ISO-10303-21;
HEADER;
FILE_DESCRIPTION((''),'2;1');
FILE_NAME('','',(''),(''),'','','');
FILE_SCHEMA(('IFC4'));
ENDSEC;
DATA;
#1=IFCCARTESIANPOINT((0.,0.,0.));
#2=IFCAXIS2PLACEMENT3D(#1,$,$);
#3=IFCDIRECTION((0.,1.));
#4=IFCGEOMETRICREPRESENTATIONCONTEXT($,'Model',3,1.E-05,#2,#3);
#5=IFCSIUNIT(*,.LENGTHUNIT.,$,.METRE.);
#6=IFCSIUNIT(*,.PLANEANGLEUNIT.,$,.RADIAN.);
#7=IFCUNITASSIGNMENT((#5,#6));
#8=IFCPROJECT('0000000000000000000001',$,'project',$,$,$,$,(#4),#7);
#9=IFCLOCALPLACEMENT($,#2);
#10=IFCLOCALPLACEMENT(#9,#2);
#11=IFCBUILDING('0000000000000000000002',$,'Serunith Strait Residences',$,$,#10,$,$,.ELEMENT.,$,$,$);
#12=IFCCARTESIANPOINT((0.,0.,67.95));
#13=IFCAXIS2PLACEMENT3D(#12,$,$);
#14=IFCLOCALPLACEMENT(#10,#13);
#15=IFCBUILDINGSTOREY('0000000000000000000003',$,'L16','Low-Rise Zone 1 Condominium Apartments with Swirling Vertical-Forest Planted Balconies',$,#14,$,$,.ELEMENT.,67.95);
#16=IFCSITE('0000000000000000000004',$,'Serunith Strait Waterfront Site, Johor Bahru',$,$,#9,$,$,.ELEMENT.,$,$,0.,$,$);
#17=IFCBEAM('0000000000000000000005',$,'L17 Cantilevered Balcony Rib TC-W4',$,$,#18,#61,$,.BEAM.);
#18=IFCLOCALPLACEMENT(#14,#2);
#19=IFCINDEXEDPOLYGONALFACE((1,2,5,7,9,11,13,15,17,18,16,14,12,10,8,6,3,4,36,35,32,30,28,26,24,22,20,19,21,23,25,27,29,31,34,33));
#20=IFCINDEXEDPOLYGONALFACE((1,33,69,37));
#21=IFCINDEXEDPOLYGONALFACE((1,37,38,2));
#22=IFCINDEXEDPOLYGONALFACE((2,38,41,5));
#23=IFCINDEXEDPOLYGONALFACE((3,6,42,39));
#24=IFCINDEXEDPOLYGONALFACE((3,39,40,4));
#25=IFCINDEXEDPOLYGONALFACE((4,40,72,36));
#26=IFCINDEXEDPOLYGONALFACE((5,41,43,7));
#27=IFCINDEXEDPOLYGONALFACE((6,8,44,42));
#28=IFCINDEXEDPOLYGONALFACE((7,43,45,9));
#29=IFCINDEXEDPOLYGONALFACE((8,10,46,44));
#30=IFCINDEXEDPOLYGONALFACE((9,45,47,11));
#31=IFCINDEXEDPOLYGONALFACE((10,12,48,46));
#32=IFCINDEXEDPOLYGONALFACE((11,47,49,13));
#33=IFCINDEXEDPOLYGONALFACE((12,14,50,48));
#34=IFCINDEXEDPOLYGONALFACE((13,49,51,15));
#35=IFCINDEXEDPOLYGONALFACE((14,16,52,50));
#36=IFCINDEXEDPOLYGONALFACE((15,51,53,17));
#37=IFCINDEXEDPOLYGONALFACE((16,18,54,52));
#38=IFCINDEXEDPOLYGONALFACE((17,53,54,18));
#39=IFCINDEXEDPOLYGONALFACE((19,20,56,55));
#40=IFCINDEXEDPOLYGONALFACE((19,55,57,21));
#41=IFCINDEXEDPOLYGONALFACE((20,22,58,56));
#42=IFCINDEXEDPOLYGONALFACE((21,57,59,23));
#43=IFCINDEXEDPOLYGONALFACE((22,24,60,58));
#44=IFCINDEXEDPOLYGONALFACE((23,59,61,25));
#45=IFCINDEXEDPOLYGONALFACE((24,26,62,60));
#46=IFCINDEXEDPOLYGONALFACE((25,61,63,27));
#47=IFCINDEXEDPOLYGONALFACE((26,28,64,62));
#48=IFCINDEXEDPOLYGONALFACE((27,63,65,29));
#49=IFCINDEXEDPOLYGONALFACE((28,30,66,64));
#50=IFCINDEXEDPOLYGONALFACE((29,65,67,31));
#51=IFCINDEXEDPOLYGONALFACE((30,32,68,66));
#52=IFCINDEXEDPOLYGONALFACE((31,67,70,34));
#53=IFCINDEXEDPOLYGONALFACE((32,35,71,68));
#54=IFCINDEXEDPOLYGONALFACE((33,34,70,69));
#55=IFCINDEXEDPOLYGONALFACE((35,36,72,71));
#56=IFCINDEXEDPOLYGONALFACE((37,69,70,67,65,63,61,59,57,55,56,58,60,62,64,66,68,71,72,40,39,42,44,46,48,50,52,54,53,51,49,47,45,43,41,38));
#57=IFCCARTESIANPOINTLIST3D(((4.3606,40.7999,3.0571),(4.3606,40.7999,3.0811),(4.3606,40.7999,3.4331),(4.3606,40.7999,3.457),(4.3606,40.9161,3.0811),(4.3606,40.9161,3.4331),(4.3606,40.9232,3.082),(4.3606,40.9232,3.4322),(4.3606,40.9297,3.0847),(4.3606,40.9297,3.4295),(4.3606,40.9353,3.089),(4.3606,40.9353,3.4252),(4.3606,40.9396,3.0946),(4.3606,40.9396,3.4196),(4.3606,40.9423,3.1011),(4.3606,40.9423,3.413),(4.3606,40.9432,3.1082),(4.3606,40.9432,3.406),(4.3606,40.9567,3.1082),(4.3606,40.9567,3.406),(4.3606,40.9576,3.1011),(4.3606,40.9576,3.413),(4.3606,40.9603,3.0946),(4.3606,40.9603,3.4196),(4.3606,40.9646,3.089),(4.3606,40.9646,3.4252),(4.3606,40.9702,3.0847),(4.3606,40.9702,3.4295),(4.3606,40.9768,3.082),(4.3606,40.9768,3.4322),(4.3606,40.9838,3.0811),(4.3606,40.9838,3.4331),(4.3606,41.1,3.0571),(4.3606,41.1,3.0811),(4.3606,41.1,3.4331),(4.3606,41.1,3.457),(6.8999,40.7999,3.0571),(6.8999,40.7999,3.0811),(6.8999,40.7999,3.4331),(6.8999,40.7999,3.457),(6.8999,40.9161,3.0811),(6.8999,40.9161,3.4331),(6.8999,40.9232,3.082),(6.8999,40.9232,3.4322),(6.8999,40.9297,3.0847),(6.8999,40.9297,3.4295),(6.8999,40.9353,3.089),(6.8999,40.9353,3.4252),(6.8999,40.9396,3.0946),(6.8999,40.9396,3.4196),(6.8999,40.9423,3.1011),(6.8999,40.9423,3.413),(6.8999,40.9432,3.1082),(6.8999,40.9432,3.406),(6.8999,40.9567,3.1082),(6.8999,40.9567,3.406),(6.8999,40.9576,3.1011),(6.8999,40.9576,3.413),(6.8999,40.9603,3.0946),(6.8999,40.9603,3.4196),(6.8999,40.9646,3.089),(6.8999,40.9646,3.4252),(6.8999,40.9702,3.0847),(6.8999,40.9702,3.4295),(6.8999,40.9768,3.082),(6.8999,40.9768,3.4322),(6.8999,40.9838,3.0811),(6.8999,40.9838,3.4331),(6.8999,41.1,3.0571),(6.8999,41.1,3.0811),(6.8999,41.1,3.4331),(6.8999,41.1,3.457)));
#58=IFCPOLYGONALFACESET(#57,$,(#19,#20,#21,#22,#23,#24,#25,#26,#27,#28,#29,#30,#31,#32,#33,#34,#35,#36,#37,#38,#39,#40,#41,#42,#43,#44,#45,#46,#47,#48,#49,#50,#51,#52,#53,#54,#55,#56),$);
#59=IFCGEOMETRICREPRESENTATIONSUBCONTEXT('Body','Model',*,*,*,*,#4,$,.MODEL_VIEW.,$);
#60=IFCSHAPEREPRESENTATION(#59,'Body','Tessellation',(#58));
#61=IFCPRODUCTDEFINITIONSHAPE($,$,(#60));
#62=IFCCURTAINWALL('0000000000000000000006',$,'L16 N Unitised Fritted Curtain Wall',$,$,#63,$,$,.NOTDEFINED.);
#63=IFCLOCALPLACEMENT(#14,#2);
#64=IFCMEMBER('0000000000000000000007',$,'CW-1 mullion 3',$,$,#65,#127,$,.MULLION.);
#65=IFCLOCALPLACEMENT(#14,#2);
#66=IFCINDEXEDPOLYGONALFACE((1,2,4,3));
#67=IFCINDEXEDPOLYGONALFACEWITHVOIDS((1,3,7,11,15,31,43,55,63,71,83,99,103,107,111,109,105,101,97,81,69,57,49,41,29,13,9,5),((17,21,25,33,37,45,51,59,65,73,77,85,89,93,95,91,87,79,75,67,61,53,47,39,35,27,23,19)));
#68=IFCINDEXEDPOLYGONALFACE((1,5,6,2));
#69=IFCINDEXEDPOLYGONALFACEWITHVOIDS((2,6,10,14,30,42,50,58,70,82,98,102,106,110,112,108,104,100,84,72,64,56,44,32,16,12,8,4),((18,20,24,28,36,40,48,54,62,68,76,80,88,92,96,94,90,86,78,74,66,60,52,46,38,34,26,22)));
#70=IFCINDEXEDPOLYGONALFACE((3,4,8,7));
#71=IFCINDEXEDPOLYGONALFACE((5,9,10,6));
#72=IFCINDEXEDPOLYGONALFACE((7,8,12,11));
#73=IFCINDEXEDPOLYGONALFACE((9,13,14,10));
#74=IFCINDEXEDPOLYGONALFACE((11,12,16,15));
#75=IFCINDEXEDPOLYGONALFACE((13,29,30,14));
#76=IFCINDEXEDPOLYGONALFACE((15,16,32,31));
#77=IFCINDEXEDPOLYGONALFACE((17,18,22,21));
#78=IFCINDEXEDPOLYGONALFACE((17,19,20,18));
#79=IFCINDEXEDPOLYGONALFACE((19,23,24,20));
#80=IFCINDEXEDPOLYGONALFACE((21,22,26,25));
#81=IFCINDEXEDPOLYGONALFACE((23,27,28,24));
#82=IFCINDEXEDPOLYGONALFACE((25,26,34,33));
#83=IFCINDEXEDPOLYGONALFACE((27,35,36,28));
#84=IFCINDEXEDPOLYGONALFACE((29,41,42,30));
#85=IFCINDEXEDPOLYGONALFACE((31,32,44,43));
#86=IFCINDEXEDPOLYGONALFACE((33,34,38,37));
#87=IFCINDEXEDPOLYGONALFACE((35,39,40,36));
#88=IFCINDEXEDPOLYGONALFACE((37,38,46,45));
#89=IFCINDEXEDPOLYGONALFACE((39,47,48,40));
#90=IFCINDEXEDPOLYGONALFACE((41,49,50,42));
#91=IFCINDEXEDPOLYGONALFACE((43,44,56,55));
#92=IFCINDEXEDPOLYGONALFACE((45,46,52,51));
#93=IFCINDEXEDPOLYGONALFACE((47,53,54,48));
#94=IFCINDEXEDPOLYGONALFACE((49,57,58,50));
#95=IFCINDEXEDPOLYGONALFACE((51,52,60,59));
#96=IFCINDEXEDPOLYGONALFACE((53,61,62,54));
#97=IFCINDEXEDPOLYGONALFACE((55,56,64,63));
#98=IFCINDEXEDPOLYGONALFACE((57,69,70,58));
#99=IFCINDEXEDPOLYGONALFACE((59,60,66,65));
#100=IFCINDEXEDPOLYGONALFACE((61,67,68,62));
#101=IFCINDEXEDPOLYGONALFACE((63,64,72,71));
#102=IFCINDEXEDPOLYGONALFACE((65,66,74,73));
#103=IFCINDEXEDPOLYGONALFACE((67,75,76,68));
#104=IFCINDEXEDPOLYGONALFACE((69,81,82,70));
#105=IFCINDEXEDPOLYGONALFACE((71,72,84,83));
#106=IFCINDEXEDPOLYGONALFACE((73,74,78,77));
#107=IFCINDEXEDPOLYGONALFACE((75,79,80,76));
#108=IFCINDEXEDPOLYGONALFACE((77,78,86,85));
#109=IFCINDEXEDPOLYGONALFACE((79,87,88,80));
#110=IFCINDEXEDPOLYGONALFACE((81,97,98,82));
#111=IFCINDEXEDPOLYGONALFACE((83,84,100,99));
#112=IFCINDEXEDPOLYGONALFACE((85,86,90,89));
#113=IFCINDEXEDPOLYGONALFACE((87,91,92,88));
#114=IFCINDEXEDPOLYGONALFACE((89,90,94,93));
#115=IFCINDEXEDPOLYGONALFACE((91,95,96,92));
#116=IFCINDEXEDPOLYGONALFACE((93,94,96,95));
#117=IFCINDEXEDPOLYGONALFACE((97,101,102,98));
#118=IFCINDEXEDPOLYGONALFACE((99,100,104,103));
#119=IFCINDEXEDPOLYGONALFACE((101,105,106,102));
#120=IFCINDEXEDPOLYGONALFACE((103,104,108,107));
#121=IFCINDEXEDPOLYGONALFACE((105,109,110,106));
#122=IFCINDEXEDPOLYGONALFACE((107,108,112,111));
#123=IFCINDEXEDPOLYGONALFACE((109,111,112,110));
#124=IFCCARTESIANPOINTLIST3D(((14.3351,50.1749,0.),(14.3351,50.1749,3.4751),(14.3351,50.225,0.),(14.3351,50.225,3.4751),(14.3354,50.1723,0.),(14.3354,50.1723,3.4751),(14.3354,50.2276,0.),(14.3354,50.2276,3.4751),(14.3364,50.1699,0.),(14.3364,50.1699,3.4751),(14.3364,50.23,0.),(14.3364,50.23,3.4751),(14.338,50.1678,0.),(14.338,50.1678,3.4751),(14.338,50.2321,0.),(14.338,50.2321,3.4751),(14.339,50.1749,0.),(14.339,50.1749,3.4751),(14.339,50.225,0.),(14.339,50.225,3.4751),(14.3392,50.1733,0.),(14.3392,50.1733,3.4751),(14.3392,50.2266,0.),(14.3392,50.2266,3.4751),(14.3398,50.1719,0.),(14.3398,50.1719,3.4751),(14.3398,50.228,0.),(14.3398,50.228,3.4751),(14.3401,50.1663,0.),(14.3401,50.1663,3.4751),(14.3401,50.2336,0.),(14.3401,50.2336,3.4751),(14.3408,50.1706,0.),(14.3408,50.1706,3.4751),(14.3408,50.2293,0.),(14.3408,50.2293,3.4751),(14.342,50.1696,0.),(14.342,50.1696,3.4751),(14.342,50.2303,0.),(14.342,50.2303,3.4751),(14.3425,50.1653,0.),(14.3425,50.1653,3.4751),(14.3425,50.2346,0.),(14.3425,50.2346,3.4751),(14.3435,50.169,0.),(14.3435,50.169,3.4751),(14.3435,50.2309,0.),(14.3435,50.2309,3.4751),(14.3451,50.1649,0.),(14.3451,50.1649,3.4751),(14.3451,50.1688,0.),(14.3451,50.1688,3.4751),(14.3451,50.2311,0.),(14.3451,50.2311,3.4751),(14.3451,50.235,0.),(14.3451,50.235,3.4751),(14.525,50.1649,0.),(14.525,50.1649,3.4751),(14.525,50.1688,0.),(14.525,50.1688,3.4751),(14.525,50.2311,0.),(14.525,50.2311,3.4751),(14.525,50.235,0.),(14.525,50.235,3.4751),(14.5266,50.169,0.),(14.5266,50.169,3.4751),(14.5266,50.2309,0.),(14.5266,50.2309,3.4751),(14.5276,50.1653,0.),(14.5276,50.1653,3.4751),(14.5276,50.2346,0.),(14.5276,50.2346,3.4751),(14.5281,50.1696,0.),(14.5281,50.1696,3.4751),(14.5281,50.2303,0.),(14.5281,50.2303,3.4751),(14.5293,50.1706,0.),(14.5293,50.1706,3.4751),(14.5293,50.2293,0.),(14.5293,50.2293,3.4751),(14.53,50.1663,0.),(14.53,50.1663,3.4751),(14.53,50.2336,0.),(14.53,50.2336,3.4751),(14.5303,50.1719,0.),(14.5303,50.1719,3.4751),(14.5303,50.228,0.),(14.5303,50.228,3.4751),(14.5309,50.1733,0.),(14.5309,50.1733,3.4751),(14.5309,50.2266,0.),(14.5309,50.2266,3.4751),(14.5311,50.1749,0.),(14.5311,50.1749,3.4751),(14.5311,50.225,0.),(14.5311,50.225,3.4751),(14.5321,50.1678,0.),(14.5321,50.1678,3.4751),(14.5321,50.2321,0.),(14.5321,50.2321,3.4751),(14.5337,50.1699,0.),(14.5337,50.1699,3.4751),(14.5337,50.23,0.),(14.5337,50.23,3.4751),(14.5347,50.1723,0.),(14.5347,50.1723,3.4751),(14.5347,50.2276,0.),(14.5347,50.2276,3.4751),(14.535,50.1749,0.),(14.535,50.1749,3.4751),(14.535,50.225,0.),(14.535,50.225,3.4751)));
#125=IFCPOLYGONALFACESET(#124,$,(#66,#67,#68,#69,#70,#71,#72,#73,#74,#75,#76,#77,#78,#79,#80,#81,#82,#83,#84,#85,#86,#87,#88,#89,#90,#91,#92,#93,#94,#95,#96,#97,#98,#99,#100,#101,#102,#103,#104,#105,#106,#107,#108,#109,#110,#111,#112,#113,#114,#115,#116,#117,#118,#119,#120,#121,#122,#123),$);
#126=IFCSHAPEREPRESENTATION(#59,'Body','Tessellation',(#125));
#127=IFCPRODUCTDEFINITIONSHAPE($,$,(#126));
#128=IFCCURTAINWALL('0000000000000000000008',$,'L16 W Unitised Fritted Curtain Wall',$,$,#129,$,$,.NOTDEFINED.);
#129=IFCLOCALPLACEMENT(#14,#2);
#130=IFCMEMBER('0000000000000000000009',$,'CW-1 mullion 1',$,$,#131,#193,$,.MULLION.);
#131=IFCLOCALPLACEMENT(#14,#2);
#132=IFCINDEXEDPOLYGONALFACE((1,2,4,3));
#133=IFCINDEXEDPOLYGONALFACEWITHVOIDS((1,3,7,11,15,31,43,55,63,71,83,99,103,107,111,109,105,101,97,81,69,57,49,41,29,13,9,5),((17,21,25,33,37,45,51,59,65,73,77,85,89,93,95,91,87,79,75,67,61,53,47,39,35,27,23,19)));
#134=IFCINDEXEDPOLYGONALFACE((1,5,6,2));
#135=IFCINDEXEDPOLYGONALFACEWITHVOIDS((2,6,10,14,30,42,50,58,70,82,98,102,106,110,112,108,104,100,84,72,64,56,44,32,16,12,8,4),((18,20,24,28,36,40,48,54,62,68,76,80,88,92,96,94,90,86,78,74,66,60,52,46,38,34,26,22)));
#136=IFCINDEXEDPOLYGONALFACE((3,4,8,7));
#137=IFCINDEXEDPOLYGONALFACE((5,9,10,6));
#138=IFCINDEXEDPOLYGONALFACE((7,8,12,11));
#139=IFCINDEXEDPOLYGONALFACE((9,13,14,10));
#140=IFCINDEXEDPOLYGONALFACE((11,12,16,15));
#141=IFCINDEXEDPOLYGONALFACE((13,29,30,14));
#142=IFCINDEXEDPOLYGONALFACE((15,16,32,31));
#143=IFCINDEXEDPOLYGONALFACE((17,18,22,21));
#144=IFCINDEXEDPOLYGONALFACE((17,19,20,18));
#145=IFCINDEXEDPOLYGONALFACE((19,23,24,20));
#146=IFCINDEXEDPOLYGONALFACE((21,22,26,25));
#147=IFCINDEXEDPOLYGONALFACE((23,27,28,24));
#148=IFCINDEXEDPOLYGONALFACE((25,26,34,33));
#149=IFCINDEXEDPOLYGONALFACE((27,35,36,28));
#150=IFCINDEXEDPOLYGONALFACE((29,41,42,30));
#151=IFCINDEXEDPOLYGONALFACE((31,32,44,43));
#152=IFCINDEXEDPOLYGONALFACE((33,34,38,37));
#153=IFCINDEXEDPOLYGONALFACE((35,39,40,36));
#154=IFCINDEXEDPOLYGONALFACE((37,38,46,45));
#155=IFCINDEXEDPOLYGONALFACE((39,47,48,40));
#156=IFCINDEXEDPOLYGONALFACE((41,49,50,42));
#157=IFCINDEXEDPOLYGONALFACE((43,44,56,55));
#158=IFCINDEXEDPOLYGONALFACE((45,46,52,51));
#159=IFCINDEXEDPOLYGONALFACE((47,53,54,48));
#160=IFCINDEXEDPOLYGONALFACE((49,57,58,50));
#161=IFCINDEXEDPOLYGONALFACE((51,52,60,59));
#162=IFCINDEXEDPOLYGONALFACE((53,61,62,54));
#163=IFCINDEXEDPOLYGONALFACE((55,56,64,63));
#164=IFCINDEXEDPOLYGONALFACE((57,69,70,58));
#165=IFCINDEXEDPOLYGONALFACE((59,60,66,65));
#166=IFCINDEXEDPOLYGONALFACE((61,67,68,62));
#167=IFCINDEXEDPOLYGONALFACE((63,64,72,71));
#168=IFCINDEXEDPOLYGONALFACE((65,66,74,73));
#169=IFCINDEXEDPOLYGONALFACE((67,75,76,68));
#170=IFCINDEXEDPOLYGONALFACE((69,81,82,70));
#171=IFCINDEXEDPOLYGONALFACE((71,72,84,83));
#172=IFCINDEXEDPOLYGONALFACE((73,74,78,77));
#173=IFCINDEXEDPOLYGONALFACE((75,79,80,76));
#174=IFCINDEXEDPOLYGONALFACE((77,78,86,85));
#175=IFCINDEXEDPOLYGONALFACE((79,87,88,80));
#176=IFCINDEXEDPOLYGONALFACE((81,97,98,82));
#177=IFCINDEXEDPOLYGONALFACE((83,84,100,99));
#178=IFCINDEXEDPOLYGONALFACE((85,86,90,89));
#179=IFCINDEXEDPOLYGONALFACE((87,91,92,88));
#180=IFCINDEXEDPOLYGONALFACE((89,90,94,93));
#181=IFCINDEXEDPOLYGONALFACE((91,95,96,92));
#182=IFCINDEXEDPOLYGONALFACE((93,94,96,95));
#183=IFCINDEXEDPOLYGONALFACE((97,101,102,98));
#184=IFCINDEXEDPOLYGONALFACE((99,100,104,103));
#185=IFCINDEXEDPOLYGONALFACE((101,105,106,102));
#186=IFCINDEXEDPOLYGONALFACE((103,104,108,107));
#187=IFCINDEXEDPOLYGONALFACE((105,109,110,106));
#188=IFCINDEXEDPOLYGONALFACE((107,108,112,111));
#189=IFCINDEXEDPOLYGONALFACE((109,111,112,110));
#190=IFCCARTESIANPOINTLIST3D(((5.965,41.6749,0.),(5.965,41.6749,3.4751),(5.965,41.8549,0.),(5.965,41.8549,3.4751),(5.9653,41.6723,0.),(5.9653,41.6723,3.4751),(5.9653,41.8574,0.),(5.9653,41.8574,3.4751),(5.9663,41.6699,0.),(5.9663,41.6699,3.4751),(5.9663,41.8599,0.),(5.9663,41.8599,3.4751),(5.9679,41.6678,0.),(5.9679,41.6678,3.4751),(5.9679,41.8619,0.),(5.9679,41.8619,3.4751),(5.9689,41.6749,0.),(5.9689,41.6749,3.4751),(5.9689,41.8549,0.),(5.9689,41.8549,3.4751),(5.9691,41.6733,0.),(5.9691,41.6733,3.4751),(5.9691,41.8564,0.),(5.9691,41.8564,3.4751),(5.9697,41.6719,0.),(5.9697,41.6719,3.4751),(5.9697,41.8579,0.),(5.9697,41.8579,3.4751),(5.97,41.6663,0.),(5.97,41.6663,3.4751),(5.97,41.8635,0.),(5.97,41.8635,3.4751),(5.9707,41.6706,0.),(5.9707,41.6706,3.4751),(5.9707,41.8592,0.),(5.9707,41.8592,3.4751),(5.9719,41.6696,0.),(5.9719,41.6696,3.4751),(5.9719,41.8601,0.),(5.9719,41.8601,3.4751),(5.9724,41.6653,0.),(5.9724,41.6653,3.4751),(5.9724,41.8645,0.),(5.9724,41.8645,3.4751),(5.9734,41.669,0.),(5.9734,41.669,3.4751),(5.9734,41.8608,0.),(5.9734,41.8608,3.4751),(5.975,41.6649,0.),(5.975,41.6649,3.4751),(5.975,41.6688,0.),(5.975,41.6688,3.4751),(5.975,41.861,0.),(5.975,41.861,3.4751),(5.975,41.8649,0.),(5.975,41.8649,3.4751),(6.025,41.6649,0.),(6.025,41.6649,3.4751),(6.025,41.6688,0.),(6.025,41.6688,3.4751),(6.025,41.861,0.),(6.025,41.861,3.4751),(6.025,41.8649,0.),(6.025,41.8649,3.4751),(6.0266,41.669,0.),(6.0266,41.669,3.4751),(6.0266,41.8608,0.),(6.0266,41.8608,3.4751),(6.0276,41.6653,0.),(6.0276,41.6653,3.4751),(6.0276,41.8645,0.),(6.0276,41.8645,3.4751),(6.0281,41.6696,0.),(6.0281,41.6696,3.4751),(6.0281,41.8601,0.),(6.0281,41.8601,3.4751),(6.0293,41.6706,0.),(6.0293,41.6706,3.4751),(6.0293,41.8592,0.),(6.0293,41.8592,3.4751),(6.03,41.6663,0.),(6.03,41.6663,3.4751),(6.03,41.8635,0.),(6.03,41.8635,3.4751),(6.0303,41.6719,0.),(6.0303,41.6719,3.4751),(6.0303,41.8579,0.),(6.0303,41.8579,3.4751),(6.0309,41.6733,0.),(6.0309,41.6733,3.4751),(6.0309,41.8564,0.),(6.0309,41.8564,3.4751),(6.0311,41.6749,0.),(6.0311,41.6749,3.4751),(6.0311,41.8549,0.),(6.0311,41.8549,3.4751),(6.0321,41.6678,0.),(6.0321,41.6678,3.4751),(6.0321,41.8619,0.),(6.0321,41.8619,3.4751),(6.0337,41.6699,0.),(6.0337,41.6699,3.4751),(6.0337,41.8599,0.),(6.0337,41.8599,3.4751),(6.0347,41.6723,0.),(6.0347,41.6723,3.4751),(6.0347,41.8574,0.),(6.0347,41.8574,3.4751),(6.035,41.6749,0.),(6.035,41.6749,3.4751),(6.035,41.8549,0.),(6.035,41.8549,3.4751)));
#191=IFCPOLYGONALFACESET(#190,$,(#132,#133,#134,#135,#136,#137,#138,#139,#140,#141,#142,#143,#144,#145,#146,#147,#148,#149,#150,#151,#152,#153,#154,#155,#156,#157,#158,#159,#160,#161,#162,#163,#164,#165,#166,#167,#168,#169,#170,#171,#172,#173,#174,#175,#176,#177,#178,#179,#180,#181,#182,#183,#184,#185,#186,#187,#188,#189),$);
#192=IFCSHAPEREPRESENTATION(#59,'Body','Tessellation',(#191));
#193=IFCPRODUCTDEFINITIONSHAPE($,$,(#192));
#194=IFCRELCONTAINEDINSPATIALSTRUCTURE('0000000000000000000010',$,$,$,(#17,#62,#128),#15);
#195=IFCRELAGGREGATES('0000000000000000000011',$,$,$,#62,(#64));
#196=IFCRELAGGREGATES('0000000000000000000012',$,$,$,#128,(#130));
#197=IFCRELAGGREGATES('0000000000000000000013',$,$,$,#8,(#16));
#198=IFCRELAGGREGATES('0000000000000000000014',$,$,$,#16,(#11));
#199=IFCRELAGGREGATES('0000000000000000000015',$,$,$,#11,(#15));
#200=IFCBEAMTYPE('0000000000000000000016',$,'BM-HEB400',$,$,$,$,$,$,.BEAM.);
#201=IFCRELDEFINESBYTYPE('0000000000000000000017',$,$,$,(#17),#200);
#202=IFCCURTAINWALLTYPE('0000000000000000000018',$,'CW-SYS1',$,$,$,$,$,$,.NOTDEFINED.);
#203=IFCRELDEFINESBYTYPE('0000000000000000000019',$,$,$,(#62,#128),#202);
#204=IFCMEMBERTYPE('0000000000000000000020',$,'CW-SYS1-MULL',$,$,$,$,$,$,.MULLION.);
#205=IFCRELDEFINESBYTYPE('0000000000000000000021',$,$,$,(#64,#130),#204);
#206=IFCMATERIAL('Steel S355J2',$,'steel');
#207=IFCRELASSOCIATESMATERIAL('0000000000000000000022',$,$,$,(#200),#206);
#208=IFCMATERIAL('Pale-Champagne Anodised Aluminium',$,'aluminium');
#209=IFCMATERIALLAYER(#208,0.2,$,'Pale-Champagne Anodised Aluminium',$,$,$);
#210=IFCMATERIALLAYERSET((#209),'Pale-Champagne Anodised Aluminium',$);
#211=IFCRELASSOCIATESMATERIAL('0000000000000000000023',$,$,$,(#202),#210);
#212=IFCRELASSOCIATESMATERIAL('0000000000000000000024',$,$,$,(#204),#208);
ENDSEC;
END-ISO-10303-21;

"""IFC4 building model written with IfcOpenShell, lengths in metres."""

from ifc_helpers import new_model, si_unit, direction, frame, origin, origin_2d, place, context, subcontext, project, spatial, hollow_rectangle, i_section, extrude, source, transform, mapped, material, layer, layer_set, material_profile, profile_set, type_object, element, aggregate, save


model = new_model("IFC4")

# Units and contexts
model_context = context("Model", 3, precision=1e-05, world=origin(), true_north=direction((0.0, 1.0)))
body_context = subcontext(model_context, "Body", "Model", "MODEL_VIEW")
ifc_project = project(units=[si_unit("LENGTHUNIT", "METRE"), si_unit("PLANEANGLEUNIT", "RADIAN")], contexts=[model_context])

# Site, building, storey
site_placement = place(None, origin())
site = spatial("IfcSite", under=ifc_project, at=site_placement, Name="Serunith Strait Waterfront Site, Johor Bahru", CompositionType="ELEMENT", RefElevation=0.0)
building_placement = place(site_placement, origin())
building = spatial("IfcBuilding", under=site, at=building_placement, Name="Serunith Strait Residences", CompositionType="ELEMENT")
storey_placement = place(building_placement, frame((0.0, 0.0, 67.95)))
storey = spatial("IfcBuildingStorey", under=building, at=storey_placement, Name="L16", Description="Low-Rise Zone 1 Condominium Apartments with Swirling Vertical-Forest Planted Balconies", CompositionType="ELEMENT", Elevation=67.95)

# Beam
ifc_material_1 = material(Name="Steel S355J2", Category="steel")
ifc_material_profile_1 = material_profile(ifc_material_1, i_section(OverallWidth=0.3, OverallDepth=0.3999, WebThickness=0.0134, FlangeThickness=0.0239, FilletRadius=0.0271, at=origin_2d()), Name="HEB 400")
ifc_profile_set_1 = profile_set([ifc_material_profile_1], Name="Steel S355J2")
beam_type_1 = type_object("IfcBeamType", Name="BM-HEB400", PredefinedType="BEAM", material=ifc_profile_set_1)
shared_shape_1 = source(origin(), body_context, "Body", "SweptSolid", [
    extrude(i_section(OverallWidth=0.3, OverallDepth=0.3999, WebThickness=0.0134, FlangeThickness=0.0239, FilletRadius=0.0271, at=origin_2d()), origin(), (0.0, 0.0, 1.0), 2.5393),
])
beam_1_placement = place(storey_placement, frame((6.8999, 40.95, 3.2571), z_axis=(-1.0, 0.0, 0.0), x_axis=(0.0, -1.0, 0.0)))
element("IfcBeam", 1, at=beam_1_placement, inside=storey, type_object=beam_type_1, Name="L17 Cantilevered Balcony Rib TC-W4", PredefinedType="BEAM", context=body_context, shape_type="MappedRepresentation", body=[
    mapped(shared_shape_1, transform((0.0, 0.0, 0.0), scale=1.0)),
])

# Curtain wall, member
ifc_material_2 = material(Name="Pale-Champagne Anodised Aluminium", Category="aluminium")
ifc_layer_1 = layer(ifc_material_2, 0.2, Name="Pale-Champagne Anodised Aluminium")
ifc_layer_set_1 = layer_set([ifc_layer_1], Name="Pale-Champagne Anodised Aluminium")
curtain_wall_type = type_object("IfcCurtainWallType", Name="CW-SYS1", PredefinedType="NOTDEFINED", material=ifc_layer_set_1)
curtain_wall_1_placement = place(storey_placement, origin())
curtain_wall_1 = element("IfcCurtainWall", 2, at=curtain_wall_1_placement, inside=storey, type_object=curtain_wall_type, Name="L16 N Unitised Fritted Curtain Wall", PredefinedType="NOTDEFINED")
ifc_material_profile_2 = material_profile(ifc_material_2, hollow_rectangle(XDim=0.0701, YDim=0.2, WallThickness=0.0039, InnerFilletRadius=0.0061, OuterFilletRadius=0.01, at=origin_2d()), Name="ALU 200x70x4")
ifc_profile_set_2 = profile_set([ifc_material_profile_2], Name="Pale-Champagne Anodised Aluminium")
member_type_1 = type_object("IfcMemberType", Name="CW-SYS1-MULL", PredefinedType="MULLION", material=ifc_profile_set_2)
shared_shape_2 = source(origin(), body_context, "Body", "SweptSolid", [
    extrude(hollow_rectangle(XDim=0.0701, YDim=0.2, WallThickness=0.0039, InnerFilletRadius=0.0061, OuterFilletRadius=0.01, at=origin_2d()), origin(), (0.0, 0.0, 1.0), 3.4751),
])
member_1_placement = place(storey_placement, frame((14.4351, 50.2, 0.0), z_axis=(0.0, 0.0, 1.0), x_axis=(0.0, -1.0, 0.0)))
member_1 = element("IfcMember", 3, at=member_1_placement, type_object=member_type_1, Name="CW-1 mullion 3", PredefinedType="MULLION", context=body_context, shape_type="MappedRepresentation", body=[
    mapped(shared_shape_2, transform((0.0, 0.0, 0.0), scale=1.0)),
])
aggregate(curtain_wall_1, [member_1])

# Curtain wall, member
curtain_wall_2_placement = place(storey_placement, origin())
curtain_wall_2 = element("IfcCurtainWall", 4, at=curtain_wall_2_placement, inside=storey, type_object=curtain_wall_type, Name="L16 W Unitised Fritted Curtain Wall", PredefinedType="NOTDEFINED")
member_2_placement = place(storey_placement, frame((6.0, 41.7649, 0.0), z_axis=(0.0, 0.0, 1.0), x_axis=(1.0, 0.0, 0.0)))
member_2 = element("IfcMember", 5, at=member_2_placement, type_object=member_type_1, Name="CW-1 mullion 1", PredefinedType="MULLION", context=body_context, shape_type="MappedRepresentation", body=[
    mapped(shared_shape_2, transform((0.0, 0.0, 0.0), scale=1.0)),
])
aggregate(curtain_wall_2, [member_2])

save(model, "model.ifc")
